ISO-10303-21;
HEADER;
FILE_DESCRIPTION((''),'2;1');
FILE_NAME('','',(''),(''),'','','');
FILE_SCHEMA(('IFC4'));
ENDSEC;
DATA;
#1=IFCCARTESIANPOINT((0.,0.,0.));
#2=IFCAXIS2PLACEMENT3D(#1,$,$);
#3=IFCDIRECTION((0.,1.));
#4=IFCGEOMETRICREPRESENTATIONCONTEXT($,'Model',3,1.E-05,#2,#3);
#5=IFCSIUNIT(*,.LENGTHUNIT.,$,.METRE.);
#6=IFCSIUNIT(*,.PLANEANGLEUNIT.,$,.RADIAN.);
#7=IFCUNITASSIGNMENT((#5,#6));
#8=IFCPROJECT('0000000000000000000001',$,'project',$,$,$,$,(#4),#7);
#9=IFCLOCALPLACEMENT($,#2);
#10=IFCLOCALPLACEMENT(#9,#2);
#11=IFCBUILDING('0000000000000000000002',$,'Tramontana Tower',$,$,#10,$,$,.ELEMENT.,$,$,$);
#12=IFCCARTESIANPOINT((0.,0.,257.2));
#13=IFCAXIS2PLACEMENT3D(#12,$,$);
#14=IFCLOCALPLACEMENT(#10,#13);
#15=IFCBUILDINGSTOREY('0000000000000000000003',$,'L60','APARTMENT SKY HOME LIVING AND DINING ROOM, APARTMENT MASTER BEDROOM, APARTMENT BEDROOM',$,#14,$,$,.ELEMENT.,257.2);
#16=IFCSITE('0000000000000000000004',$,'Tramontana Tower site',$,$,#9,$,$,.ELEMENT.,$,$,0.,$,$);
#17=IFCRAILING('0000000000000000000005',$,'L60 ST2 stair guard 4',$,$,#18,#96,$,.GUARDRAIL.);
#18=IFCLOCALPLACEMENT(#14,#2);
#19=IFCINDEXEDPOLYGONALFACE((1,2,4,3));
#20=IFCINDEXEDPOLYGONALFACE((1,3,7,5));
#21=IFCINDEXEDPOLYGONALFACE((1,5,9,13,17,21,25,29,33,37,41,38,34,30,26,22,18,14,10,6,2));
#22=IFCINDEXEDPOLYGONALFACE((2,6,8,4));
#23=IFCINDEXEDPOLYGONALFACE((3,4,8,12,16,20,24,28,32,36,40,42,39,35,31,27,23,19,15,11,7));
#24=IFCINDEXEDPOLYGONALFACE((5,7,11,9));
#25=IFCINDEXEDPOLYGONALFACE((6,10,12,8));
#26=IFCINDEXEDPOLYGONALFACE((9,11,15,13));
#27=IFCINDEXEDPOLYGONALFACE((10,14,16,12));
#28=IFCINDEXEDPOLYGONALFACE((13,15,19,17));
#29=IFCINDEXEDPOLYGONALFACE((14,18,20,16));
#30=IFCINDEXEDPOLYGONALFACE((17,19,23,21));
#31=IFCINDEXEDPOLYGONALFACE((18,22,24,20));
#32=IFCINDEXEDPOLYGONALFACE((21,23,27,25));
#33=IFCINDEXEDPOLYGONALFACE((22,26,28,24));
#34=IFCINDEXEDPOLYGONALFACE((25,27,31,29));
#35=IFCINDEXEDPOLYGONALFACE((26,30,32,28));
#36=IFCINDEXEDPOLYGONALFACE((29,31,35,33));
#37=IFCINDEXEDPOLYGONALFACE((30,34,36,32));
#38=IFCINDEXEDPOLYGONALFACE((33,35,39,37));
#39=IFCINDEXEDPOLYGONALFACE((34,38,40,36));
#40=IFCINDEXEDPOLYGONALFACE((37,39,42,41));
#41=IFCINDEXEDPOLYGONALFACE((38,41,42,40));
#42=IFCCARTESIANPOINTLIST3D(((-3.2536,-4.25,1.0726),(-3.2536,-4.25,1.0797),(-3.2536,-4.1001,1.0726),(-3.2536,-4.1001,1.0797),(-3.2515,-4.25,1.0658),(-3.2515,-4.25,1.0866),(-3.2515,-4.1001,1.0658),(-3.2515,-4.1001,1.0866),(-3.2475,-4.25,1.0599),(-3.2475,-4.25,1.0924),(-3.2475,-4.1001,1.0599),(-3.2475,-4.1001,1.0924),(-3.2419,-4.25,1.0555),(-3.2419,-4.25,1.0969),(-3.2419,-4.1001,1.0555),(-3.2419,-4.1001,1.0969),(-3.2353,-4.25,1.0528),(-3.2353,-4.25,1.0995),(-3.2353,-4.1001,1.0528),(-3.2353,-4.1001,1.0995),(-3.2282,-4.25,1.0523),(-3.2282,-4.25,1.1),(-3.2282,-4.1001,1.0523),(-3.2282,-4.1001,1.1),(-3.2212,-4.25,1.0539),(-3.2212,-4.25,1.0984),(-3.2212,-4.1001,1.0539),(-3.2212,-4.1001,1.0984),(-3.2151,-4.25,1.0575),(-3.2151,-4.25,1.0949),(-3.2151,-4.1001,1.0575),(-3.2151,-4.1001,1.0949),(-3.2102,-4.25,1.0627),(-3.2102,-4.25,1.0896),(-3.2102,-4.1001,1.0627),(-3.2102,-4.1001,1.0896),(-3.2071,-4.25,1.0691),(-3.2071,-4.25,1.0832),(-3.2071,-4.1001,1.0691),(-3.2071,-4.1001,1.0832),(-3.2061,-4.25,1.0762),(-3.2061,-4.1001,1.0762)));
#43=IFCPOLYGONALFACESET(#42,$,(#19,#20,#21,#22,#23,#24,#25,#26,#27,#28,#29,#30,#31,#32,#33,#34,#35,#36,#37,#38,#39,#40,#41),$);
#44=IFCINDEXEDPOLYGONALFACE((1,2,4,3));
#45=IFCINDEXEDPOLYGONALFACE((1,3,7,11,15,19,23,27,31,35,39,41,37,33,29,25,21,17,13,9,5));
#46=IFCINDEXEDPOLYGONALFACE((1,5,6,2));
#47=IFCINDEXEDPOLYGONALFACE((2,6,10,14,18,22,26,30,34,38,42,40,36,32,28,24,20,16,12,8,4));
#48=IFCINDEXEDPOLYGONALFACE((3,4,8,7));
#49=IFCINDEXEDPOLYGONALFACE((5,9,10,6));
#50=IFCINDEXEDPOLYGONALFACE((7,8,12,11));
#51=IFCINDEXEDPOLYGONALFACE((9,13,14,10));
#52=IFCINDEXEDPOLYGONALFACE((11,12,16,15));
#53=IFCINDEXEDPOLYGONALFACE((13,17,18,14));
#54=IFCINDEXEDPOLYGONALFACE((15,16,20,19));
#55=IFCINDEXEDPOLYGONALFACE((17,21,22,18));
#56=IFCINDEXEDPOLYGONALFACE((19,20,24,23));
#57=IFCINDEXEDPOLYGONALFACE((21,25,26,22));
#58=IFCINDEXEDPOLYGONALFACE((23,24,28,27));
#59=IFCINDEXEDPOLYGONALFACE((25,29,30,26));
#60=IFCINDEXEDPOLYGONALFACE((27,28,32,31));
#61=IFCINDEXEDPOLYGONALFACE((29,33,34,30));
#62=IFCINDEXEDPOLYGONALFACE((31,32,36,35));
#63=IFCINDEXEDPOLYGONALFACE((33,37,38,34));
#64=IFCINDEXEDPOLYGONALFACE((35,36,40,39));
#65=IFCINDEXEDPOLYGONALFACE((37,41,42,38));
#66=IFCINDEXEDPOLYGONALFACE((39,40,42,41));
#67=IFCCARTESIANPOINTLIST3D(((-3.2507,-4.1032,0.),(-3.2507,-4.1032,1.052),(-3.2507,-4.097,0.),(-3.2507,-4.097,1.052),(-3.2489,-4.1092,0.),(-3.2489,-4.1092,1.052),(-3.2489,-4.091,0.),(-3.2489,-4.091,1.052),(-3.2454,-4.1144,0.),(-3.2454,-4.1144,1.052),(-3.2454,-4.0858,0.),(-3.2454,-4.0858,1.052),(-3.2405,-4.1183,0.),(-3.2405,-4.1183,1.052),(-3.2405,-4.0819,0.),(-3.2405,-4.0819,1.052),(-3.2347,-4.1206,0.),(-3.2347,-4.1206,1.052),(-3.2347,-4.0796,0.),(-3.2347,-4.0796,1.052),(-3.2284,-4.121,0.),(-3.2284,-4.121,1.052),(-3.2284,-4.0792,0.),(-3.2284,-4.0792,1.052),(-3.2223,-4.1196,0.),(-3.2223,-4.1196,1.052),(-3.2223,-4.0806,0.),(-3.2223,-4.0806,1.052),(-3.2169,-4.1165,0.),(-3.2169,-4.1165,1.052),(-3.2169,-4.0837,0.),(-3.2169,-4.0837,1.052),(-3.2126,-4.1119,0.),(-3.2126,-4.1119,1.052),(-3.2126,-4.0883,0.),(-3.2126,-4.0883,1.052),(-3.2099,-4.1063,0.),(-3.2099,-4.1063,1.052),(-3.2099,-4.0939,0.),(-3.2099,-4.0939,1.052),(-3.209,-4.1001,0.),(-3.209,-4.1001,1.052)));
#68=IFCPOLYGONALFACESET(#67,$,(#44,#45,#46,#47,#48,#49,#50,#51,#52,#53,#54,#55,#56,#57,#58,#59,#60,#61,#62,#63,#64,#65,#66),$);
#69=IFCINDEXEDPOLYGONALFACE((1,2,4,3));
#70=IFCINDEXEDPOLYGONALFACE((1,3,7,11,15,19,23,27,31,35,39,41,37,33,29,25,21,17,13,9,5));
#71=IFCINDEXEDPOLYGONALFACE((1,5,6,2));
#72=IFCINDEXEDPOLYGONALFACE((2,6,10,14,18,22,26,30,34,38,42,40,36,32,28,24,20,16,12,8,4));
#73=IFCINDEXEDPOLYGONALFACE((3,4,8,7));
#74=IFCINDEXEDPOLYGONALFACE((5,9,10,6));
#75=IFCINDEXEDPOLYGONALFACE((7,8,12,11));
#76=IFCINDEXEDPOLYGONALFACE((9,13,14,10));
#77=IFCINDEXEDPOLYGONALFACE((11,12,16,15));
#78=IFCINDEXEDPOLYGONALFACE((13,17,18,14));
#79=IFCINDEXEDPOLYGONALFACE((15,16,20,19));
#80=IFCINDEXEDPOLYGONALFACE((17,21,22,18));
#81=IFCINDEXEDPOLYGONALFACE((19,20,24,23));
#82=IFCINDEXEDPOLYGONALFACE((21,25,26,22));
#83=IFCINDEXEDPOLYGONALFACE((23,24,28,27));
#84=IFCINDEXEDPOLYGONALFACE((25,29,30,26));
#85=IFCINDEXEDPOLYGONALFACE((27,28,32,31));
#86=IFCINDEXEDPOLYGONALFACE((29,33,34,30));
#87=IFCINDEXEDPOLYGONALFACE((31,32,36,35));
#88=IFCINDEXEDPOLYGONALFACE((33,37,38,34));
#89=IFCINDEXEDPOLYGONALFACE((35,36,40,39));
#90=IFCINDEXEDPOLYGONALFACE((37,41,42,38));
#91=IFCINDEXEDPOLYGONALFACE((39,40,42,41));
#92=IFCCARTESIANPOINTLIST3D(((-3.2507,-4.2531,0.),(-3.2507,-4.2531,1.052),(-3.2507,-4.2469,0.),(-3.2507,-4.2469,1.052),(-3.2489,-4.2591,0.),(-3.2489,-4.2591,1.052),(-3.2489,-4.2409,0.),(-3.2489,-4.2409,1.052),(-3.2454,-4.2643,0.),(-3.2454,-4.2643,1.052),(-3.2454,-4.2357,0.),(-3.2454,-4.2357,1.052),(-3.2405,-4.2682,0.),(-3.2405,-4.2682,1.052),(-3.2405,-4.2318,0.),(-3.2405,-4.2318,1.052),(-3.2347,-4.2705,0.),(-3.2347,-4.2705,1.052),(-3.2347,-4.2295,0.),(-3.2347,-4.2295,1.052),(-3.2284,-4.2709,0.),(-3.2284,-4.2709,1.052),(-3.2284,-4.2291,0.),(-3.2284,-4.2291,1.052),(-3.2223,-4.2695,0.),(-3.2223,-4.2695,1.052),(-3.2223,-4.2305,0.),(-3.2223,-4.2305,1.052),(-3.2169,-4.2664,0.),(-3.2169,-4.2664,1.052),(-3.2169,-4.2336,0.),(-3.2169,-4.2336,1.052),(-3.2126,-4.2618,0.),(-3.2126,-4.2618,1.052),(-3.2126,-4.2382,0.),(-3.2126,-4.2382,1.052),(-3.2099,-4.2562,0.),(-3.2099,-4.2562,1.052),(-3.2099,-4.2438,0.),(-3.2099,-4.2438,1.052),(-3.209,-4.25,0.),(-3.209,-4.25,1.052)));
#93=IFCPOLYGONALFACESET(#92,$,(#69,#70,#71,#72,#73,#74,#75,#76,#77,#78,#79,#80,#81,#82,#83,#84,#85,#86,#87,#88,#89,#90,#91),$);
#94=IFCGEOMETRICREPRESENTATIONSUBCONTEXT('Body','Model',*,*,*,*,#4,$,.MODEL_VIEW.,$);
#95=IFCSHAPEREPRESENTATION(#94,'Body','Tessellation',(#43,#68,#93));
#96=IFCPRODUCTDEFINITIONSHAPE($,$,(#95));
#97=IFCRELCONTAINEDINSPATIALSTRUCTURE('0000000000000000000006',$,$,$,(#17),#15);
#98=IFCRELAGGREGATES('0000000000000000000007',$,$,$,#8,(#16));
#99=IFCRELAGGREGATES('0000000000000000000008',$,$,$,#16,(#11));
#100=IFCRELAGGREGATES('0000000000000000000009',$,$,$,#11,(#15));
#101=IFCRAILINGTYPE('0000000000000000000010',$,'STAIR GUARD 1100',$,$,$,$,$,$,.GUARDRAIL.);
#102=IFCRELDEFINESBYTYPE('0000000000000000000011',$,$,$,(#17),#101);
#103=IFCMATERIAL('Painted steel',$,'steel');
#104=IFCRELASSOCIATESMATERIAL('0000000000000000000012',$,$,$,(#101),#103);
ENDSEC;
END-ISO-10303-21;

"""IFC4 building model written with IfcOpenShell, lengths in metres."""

from ifc_helpers import new_model, si_unit, direction, frame, origin, origin_2d, place, context, subcontext, project, spatial, circle, extrude, material, type_object, element, save


model = new_model("IFC4")

# Units and contexts
model_context = context("Model", 3, precision=1e-05, world=origin(), true_north=direction((0.0, 1.0)))
body_context = subcontext(model_context, "Body", "Model", "MODEL_VIEW")
ifc_project = project(units=[si_unit("LENGTHUNIT", "METRE"), si_unit("PLANEANGLEUNIT", "RADIAN")], contexts=[model_context])

# Site, building, storey
site_placement = place(None, origin())
site = spatial("IfcSite", under=ifc_project, at=site_placement, Name="Tramontana Tower site", CompositionType="ELEMENT", RefElevation=0.0)
building_placement = place(site_placement, origin())
building = spatial("IfcBuilding", under=site, at=building_placement, Name="Tramontana Tower", CompositionType="ELEMENT")
storey_placement = place(building_placement, frame((0.0, 0.0, 257.2)))
storey = spatial("IfcBuildingStorey", under=building, at=storey_placement, Name="L60", Description="APARTMENT SKY HOME LIVING AND DINING ROOM, APARTMENT MASTER BEDROOM, APARTMENT BEDROOM", CompositionType="ELEMENT", Elevation=257.2)

# Railing
ifc_material_1 = material(Name="Painted steel", Category="steel")
railing_type_1 = type_object("IfcRailingType", Name="STAIR GUARD 1100", PredefinedType="GUARDRAIL", material=ifc_material_1)
railing_1_placement = place(storey_placement, frame((-3.23, -4.1001, 0.0)))
element("IfcRailing", 1, at=railing_1_placement, inside=storey, type_object=railing_type_1, Name="L60 ST2 stair guard 4", PredefinedType="GUARDRAIL", context=body_context, shape_type="SweptSolid", body=[
    extrude(circle(Radius=0.0239, at=origin_2d()), frame((0.0, 0.0, 1.0762), z_axis=(0.0, -1.0, 0.0), x_axis=(1.0, 0.0, 0.0)), (0.0, 0.0, 1.0), 0.1499),
    extrude(circle(Radius=0.021, at=origin_2d()), origin(), (0.0, 0.0, 1.0), 1.052),
    extrude(circle(Radius=0.021, at=origin_2d()), frame((0.0, -0.1499, 0.0)), (0.0, 0.0, 1.0), 1.052),
])

save(model, "model.ifc")
